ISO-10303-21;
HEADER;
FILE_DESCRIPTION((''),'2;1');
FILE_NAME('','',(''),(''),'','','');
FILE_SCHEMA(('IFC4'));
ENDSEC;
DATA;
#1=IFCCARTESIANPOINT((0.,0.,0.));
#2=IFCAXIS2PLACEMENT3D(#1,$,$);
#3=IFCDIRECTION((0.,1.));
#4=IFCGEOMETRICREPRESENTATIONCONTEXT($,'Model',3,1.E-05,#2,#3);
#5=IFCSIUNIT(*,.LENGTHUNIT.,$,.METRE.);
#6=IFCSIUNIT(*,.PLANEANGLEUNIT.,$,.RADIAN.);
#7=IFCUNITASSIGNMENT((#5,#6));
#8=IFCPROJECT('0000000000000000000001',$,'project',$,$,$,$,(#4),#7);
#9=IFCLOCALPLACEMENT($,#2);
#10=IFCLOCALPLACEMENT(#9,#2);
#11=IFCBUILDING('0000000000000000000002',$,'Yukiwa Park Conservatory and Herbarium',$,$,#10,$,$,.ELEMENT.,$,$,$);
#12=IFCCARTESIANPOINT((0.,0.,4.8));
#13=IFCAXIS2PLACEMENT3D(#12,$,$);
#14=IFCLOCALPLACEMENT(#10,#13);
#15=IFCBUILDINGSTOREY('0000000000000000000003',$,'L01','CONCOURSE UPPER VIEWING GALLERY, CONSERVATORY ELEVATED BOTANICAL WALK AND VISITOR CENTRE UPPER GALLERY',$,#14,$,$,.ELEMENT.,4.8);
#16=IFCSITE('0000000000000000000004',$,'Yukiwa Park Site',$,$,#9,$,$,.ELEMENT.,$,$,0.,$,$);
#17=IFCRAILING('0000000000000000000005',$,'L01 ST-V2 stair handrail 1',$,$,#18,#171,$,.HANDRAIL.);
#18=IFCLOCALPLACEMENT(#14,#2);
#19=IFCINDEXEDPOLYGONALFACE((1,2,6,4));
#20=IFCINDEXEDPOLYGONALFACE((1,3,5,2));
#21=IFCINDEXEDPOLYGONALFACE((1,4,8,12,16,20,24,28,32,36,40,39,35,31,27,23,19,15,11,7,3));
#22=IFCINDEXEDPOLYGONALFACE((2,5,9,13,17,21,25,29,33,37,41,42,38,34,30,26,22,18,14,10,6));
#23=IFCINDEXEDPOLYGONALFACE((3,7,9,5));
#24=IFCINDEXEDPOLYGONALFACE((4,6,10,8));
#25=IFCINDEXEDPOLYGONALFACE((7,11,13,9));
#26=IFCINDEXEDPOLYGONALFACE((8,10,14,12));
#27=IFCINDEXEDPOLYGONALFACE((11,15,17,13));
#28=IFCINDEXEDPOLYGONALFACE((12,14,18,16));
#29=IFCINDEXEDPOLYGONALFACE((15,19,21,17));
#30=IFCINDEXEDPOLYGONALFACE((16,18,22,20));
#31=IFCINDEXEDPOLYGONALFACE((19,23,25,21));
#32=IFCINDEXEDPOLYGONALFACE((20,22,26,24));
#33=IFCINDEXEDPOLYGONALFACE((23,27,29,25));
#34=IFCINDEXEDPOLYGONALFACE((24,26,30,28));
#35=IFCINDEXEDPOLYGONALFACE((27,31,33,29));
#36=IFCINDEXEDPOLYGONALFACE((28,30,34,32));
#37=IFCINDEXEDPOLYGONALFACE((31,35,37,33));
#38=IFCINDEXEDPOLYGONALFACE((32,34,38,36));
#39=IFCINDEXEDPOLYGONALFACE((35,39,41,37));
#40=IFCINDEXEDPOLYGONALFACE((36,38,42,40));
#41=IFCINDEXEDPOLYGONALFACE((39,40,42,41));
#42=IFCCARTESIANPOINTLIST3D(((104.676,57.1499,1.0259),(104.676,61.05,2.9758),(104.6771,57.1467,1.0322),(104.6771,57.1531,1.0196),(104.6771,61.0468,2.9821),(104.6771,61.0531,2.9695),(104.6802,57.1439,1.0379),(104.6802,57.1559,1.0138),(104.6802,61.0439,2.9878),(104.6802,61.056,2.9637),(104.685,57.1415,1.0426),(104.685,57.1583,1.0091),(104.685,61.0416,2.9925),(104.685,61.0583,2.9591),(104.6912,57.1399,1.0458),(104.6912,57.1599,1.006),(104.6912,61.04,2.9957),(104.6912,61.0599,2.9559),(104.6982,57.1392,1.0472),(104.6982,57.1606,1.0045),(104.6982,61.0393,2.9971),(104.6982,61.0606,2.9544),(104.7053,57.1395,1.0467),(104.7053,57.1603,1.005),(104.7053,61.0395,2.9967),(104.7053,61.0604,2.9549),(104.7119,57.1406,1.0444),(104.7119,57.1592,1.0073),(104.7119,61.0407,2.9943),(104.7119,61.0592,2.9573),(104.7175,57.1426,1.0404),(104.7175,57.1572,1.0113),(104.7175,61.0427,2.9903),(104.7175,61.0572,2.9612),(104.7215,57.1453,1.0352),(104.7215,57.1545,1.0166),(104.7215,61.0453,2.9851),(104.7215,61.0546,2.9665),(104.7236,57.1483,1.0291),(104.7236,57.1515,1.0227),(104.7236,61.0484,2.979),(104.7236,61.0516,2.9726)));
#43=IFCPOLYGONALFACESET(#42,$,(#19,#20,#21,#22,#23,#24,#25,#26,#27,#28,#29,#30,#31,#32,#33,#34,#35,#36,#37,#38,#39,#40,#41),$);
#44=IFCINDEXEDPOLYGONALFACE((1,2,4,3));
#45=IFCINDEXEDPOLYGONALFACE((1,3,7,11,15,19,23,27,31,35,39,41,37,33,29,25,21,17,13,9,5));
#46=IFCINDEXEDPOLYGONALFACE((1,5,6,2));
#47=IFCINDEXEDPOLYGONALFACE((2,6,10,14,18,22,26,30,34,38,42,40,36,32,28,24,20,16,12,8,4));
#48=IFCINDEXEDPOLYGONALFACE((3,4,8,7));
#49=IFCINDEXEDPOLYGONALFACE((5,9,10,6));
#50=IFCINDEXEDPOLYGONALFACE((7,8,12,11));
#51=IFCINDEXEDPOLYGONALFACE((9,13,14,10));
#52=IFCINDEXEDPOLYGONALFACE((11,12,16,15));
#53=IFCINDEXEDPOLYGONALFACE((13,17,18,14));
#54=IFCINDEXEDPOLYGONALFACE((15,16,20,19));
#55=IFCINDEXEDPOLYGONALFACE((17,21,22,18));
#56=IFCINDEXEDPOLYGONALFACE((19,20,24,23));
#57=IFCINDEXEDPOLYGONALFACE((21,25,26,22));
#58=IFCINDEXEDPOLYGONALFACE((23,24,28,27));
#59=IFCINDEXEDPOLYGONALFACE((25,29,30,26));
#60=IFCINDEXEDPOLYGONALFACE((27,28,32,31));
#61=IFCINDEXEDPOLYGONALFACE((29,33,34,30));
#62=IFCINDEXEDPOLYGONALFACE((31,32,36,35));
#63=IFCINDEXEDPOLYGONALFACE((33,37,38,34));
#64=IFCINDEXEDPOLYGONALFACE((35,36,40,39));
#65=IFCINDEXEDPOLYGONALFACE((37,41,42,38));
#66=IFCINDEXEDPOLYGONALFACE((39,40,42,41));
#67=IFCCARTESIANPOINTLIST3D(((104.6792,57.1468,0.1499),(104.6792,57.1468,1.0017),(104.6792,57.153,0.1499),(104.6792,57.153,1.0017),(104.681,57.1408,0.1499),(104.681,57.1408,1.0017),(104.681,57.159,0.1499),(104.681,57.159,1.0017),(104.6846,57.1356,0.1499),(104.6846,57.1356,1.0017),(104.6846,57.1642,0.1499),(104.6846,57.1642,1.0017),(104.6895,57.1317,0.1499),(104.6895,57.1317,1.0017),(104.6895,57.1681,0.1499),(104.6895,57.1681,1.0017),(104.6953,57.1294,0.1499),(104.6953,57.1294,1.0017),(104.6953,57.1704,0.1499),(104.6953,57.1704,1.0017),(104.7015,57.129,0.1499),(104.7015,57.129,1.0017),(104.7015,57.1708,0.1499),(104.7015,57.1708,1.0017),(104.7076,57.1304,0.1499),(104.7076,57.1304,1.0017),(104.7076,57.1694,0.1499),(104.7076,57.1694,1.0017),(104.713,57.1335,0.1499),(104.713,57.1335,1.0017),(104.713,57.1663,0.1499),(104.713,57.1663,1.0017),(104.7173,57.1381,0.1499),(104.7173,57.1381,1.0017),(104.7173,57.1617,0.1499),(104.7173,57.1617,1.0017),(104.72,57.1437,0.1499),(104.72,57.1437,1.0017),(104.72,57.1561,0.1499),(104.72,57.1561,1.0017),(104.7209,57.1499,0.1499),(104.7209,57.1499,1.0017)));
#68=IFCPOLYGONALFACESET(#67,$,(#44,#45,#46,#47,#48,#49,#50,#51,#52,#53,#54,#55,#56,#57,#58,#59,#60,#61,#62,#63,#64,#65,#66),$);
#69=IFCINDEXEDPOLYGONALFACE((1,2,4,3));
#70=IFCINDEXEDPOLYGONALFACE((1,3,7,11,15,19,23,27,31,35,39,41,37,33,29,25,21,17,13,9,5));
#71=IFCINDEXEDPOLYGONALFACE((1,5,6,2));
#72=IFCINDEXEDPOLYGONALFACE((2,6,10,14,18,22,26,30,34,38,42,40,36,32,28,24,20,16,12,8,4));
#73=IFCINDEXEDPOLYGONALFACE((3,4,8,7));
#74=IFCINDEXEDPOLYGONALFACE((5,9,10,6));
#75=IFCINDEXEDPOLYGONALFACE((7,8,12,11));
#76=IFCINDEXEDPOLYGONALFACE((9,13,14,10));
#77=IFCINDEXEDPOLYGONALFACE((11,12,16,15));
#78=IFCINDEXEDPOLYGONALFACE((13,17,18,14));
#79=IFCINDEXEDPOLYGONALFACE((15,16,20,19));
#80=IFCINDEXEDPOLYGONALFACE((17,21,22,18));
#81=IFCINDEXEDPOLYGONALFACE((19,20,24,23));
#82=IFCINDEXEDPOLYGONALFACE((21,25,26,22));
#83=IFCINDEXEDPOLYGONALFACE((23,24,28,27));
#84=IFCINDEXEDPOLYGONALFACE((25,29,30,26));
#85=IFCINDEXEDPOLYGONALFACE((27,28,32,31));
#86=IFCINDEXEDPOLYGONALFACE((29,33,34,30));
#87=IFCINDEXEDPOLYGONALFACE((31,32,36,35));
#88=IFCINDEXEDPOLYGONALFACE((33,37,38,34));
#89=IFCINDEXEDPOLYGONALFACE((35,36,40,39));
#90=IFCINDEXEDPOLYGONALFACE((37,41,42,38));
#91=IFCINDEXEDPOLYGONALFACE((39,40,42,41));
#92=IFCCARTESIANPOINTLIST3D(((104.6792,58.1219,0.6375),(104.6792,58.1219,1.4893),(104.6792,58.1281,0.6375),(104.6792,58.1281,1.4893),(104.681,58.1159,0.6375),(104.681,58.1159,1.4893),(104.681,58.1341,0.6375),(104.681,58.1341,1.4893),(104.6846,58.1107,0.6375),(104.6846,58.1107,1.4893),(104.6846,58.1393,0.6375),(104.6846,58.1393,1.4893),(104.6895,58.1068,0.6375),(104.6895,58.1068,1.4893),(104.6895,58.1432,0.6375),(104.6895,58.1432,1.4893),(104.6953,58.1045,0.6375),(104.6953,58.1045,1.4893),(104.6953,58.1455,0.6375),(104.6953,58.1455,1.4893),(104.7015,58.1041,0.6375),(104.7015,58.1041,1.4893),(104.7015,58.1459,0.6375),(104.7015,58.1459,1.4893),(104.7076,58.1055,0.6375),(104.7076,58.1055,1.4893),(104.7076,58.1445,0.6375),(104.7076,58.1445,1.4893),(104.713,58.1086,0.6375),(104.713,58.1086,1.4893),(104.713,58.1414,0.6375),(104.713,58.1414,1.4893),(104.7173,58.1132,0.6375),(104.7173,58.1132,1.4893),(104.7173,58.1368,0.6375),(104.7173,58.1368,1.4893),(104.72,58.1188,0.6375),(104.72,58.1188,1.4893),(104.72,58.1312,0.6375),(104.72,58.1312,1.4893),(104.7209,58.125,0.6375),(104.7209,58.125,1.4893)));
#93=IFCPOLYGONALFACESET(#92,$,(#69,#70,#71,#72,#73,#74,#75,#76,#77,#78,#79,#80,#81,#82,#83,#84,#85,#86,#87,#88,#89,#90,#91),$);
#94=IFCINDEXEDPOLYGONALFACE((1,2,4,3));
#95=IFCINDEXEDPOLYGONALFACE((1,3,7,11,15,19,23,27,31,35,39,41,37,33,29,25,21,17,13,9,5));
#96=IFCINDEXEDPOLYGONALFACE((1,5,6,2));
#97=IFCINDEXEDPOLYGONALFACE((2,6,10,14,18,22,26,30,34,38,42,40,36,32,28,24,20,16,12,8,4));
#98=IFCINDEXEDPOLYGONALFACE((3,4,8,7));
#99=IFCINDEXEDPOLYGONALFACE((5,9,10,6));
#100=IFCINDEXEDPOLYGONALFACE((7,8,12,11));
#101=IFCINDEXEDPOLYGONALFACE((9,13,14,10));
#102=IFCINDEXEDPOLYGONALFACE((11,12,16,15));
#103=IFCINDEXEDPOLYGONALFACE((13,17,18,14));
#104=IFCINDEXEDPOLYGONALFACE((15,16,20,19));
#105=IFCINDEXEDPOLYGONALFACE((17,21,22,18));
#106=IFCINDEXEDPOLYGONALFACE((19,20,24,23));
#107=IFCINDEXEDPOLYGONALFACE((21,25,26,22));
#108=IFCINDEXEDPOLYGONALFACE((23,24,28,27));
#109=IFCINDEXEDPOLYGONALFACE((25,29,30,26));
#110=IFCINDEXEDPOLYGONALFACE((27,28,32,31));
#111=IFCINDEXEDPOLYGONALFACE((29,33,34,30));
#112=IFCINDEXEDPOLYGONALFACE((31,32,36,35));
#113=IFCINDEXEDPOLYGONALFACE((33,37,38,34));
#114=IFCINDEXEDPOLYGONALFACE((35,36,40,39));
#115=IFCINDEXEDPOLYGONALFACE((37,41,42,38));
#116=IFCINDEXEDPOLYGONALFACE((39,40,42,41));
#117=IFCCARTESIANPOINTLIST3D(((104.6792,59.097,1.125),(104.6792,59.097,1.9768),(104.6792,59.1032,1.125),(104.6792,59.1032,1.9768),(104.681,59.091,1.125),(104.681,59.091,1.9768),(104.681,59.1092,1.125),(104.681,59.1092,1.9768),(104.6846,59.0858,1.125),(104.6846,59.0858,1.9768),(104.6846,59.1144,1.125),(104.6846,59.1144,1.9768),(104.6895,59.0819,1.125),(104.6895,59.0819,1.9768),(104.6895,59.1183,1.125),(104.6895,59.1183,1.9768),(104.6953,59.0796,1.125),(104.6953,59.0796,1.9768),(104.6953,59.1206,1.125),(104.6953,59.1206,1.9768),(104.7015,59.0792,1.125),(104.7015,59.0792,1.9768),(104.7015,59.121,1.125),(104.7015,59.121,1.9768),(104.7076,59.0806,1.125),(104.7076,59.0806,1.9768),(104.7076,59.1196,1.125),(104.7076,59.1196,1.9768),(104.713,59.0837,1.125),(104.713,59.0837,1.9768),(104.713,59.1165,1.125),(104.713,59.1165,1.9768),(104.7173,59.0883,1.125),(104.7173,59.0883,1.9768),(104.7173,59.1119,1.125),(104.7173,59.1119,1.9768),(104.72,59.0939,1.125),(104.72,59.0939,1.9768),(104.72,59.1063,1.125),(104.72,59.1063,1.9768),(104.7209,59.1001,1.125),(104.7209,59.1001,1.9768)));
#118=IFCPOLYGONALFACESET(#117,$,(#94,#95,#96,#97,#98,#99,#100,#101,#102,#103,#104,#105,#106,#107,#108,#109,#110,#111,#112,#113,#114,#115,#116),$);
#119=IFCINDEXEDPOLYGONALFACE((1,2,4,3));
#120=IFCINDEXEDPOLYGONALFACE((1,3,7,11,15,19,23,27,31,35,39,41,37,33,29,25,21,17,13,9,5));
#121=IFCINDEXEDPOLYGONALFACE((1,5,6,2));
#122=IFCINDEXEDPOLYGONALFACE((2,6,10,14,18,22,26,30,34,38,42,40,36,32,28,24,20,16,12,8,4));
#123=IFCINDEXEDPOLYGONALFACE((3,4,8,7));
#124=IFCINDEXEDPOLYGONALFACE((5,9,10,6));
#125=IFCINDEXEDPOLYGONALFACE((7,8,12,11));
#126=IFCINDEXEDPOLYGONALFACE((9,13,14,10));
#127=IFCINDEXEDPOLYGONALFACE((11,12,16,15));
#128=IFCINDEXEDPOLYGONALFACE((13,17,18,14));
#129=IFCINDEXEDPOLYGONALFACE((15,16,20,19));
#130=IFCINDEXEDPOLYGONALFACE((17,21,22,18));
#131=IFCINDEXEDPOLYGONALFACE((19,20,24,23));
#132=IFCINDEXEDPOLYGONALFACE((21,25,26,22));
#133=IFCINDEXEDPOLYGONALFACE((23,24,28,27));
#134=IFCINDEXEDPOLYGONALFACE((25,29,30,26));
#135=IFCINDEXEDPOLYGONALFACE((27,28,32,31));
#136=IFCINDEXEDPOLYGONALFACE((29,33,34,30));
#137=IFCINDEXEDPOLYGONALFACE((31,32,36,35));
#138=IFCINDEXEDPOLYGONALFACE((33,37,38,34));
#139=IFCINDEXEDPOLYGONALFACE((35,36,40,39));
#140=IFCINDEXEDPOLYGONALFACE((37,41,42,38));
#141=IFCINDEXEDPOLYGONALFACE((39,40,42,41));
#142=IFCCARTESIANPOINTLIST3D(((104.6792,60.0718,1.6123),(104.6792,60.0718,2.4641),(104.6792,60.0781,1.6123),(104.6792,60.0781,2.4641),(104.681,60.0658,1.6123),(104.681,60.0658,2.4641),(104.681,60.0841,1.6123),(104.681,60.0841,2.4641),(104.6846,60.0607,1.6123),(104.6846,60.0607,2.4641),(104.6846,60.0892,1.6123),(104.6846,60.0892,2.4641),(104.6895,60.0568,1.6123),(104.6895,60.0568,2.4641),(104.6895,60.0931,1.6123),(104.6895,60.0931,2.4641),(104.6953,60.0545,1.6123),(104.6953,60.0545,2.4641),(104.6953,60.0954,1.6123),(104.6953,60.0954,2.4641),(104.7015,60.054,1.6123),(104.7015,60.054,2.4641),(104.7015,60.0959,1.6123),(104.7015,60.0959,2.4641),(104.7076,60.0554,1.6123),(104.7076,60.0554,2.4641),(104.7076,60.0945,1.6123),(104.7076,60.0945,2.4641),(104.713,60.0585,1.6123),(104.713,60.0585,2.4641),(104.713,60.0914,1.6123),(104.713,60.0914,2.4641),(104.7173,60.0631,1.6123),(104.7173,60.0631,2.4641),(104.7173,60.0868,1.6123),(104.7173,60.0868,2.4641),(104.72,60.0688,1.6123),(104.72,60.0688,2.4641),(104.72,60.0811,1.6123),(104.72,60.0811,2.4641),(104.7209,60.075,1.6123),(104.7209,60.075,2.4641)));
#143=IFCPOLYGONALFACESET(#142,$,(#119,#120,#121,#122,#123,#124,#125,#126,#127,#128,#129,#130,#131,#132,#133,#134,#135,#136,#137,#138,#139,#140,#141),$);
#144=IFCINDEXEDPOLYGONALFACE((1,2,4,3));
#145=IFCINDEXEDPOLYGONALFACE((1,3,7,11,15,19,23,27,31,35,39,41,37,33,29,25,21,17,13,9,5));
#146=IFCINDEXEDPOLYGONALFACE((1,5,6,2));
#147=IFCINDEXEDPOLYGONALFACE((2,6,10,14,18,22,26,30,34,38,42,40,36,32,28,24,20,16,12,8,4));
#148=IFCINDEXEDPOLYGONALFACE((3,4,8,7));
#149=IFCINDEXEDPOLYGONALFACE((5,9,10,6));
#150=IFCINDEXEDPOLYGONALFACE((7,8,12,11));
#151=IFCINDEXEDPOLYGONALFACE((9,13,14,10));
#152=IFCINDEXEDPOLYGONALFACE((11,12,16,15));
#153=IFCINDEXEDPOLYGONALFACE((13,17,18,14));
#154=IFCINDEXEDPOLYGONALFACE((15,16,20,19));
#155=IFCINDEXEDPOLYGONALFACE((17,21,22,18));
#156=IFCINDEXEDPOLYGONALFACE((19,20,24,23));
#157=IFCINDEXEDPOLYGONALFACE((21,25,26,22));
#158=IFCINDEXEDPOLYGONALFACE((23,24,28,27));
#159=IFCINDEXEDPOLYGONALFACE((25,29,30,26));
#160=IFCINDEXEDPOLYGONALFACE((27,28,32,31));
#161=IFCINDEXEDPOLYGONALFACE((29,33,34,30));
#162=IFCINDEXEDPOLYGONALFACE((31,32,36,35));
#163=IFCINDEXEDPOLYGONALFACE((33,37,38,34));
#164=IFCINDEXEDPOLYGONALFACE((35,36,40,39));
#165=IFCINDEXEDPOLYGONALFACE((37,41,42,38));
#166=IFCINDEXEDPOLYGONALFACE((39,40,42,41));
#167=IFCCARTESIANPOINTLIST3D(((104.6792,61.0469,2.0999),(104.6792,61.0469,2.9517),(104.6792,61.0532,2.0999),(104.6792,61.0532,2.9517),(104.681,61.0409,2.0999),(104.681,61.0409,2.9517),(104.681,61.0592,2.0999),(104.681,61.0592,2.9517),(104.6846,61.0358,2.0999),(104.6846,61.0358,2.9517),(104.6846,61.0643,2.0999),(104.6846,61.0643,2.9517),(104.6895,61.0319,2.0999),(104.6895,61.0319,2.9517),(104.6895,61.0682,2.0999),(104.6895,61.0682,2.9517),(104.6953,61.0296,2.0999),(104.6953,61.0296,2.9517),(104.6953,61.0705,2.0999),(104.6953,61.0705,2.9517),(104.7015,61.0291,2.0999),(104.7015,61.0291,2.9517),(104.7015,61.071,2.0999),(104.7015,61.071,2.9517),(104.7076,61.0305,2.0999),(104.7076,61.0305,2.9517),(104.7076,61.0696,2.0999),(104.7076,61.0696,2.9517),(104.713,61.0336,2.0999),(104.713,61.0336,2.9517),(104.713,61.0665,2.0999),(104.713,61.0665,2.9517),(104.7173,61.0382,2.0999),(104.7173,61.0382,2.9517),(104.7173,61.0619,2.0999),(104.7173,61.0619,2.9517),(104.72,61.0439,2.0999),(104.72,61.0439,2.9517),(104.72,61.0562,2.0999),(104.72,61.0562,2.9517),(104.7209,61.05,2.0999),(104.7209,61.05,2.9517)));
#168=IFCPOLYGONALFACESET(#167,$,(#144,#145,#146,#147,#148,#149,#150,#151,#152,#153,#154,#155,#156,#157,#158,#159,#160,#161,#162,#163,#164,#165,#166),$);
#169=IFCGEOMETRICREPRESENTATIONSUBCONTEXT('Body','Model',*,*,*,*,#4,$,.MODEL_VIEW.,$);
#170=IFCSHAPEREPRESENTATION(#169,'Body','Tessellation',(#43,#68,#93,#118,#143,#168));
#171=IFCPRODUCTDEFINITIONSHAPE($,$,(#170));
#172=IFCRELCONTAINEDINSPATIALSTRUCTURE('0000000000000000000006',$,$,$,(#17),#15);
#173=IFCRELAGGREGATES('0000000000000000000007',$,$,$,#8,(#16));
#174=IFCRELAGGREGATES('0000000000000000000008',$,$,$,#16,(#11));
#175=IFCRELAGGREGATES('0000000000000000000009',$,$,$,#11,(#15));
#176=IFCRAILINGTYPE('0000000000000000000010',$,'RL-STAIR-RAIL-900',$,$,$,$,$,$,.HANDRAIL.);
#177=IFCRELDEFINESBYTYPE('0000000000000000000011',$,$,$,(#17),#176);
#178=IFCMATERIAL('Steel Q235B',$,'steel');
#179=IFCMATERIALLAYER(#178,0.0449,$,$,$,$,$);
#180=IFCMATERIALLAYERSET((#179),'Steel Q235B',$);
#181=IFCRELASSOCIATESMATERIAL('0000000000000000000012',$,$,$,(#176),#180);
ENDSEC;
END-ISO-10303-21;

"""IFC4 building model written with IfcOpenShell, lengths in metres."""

from ifc_helpers import new_model, si_unit, direction, frame, origin, origin_2d, place, context, subcontext, project, spatial, circle, extrude, material, layer, layer_set, type_object, element, save


model = new_model("IFC4")

# Units and contexts
model_context = context("Model", 3, precision=1e-05, world=origin(), true_north=direction((0.0, 1.0)))
body_context = subcontext(model_context, "Body", "Model", "MODEL_VIEW")
ifc_project = project(units=[si_unit("LENGTHUNIT", "METRE"), si_unit("PLANEANGLEUNIT", "RADIAN")], contexts=[model_context])

# Site, building, storey
site_placement = place(None, origin())
site = spatial("IfcSite", under=ifc_project, at=site_placement, Name="Yukiwa Park Site", CompositionType="ELEMENT", RefElevation=0.0)
building_placement = place(site_placement, origin())
building = spatial("IfcBuilding", under=site, at=building_placement, Name="Yukiwa Park Conservatory and Herbarium", CompositionType="ELEMENT")
storey_placement = place(building_placement, frame((0.0, 0.0, 4.8)))
storey = spatial("IfcBuildingStorey", under=building, at=storey_placement, Name="L01", Description="CONCOURSE UPPER VIEWING GALLERY, CONSERVATORY ELEVATED BOTANICAL WALK AND VISITOR CENTRE UPPER GALLERY", CompositionType="ELEMENT", Elevation=4.8)

# Railing
ifc_material_1 = material(Name="Steel Q235B", Category="steel")
ifc_layer_1 = layer(ifc_material_1, 0.0449)
ifc_layer_set_1 = layer_set([ifc_layer_1], Name="Steel Q235B")
railing_type_1 = type_object("IfcRailingType", Name="RL-STAIR-RAIL-900", PredefinedType="HANDRAIL", material=ifc_layer_set_1)
railing_1_placement = place(storey_placement, frame((104.7, 57.1499, 0.1499)))
element("IfcRailing", 1, at=railing_1_placement, inside=storey, type_object=railing_type_1, Name="L01 ST-V2 stair handrail 1", PredefinedType="HANDRAIL", context=body_context, shape_type="SweptSolid", body=[
    extrude(circle(Radius=0.0239, at=origin_2d()), frame((0.0, 0.0, 0.876), z_axis=(0.0, 0.894438, 0.447191), x_axis=(-1.0, 0.0, 0.0)), (0.0, 0.0, 1.0), 4.3604),
    extrude(circle(Radius=0.021, at=origin_2d()), origin(), (0.0, 0.0, 1.0), 0.8518),
    extrude(circle(Radius=0.021, at=origin_2d()), frame((0.0, 0.9751, 0.4875)), (0.0, 0.0, 1.0), 0.8518),
    extrude(circle(Radius=0.021, at=origin_2d()), frame((0.0, 1.9502, 0.9751)), (0.0, 0.0, 1.0), 0.8518),
    extrude(circle(Radius=0.021, at=origin_2d()), frame((0.0, 2.925, 1.4624)), (0.0, 0.0, 1.0), 0.8518),
    extrude(circle(Radius=0.021, at=origin_2d()), frame((0.0, 3.9001, 1.95)), (0.0, 0.0, 1.0), 0.8518),
])

save(model, "model.ifc")
